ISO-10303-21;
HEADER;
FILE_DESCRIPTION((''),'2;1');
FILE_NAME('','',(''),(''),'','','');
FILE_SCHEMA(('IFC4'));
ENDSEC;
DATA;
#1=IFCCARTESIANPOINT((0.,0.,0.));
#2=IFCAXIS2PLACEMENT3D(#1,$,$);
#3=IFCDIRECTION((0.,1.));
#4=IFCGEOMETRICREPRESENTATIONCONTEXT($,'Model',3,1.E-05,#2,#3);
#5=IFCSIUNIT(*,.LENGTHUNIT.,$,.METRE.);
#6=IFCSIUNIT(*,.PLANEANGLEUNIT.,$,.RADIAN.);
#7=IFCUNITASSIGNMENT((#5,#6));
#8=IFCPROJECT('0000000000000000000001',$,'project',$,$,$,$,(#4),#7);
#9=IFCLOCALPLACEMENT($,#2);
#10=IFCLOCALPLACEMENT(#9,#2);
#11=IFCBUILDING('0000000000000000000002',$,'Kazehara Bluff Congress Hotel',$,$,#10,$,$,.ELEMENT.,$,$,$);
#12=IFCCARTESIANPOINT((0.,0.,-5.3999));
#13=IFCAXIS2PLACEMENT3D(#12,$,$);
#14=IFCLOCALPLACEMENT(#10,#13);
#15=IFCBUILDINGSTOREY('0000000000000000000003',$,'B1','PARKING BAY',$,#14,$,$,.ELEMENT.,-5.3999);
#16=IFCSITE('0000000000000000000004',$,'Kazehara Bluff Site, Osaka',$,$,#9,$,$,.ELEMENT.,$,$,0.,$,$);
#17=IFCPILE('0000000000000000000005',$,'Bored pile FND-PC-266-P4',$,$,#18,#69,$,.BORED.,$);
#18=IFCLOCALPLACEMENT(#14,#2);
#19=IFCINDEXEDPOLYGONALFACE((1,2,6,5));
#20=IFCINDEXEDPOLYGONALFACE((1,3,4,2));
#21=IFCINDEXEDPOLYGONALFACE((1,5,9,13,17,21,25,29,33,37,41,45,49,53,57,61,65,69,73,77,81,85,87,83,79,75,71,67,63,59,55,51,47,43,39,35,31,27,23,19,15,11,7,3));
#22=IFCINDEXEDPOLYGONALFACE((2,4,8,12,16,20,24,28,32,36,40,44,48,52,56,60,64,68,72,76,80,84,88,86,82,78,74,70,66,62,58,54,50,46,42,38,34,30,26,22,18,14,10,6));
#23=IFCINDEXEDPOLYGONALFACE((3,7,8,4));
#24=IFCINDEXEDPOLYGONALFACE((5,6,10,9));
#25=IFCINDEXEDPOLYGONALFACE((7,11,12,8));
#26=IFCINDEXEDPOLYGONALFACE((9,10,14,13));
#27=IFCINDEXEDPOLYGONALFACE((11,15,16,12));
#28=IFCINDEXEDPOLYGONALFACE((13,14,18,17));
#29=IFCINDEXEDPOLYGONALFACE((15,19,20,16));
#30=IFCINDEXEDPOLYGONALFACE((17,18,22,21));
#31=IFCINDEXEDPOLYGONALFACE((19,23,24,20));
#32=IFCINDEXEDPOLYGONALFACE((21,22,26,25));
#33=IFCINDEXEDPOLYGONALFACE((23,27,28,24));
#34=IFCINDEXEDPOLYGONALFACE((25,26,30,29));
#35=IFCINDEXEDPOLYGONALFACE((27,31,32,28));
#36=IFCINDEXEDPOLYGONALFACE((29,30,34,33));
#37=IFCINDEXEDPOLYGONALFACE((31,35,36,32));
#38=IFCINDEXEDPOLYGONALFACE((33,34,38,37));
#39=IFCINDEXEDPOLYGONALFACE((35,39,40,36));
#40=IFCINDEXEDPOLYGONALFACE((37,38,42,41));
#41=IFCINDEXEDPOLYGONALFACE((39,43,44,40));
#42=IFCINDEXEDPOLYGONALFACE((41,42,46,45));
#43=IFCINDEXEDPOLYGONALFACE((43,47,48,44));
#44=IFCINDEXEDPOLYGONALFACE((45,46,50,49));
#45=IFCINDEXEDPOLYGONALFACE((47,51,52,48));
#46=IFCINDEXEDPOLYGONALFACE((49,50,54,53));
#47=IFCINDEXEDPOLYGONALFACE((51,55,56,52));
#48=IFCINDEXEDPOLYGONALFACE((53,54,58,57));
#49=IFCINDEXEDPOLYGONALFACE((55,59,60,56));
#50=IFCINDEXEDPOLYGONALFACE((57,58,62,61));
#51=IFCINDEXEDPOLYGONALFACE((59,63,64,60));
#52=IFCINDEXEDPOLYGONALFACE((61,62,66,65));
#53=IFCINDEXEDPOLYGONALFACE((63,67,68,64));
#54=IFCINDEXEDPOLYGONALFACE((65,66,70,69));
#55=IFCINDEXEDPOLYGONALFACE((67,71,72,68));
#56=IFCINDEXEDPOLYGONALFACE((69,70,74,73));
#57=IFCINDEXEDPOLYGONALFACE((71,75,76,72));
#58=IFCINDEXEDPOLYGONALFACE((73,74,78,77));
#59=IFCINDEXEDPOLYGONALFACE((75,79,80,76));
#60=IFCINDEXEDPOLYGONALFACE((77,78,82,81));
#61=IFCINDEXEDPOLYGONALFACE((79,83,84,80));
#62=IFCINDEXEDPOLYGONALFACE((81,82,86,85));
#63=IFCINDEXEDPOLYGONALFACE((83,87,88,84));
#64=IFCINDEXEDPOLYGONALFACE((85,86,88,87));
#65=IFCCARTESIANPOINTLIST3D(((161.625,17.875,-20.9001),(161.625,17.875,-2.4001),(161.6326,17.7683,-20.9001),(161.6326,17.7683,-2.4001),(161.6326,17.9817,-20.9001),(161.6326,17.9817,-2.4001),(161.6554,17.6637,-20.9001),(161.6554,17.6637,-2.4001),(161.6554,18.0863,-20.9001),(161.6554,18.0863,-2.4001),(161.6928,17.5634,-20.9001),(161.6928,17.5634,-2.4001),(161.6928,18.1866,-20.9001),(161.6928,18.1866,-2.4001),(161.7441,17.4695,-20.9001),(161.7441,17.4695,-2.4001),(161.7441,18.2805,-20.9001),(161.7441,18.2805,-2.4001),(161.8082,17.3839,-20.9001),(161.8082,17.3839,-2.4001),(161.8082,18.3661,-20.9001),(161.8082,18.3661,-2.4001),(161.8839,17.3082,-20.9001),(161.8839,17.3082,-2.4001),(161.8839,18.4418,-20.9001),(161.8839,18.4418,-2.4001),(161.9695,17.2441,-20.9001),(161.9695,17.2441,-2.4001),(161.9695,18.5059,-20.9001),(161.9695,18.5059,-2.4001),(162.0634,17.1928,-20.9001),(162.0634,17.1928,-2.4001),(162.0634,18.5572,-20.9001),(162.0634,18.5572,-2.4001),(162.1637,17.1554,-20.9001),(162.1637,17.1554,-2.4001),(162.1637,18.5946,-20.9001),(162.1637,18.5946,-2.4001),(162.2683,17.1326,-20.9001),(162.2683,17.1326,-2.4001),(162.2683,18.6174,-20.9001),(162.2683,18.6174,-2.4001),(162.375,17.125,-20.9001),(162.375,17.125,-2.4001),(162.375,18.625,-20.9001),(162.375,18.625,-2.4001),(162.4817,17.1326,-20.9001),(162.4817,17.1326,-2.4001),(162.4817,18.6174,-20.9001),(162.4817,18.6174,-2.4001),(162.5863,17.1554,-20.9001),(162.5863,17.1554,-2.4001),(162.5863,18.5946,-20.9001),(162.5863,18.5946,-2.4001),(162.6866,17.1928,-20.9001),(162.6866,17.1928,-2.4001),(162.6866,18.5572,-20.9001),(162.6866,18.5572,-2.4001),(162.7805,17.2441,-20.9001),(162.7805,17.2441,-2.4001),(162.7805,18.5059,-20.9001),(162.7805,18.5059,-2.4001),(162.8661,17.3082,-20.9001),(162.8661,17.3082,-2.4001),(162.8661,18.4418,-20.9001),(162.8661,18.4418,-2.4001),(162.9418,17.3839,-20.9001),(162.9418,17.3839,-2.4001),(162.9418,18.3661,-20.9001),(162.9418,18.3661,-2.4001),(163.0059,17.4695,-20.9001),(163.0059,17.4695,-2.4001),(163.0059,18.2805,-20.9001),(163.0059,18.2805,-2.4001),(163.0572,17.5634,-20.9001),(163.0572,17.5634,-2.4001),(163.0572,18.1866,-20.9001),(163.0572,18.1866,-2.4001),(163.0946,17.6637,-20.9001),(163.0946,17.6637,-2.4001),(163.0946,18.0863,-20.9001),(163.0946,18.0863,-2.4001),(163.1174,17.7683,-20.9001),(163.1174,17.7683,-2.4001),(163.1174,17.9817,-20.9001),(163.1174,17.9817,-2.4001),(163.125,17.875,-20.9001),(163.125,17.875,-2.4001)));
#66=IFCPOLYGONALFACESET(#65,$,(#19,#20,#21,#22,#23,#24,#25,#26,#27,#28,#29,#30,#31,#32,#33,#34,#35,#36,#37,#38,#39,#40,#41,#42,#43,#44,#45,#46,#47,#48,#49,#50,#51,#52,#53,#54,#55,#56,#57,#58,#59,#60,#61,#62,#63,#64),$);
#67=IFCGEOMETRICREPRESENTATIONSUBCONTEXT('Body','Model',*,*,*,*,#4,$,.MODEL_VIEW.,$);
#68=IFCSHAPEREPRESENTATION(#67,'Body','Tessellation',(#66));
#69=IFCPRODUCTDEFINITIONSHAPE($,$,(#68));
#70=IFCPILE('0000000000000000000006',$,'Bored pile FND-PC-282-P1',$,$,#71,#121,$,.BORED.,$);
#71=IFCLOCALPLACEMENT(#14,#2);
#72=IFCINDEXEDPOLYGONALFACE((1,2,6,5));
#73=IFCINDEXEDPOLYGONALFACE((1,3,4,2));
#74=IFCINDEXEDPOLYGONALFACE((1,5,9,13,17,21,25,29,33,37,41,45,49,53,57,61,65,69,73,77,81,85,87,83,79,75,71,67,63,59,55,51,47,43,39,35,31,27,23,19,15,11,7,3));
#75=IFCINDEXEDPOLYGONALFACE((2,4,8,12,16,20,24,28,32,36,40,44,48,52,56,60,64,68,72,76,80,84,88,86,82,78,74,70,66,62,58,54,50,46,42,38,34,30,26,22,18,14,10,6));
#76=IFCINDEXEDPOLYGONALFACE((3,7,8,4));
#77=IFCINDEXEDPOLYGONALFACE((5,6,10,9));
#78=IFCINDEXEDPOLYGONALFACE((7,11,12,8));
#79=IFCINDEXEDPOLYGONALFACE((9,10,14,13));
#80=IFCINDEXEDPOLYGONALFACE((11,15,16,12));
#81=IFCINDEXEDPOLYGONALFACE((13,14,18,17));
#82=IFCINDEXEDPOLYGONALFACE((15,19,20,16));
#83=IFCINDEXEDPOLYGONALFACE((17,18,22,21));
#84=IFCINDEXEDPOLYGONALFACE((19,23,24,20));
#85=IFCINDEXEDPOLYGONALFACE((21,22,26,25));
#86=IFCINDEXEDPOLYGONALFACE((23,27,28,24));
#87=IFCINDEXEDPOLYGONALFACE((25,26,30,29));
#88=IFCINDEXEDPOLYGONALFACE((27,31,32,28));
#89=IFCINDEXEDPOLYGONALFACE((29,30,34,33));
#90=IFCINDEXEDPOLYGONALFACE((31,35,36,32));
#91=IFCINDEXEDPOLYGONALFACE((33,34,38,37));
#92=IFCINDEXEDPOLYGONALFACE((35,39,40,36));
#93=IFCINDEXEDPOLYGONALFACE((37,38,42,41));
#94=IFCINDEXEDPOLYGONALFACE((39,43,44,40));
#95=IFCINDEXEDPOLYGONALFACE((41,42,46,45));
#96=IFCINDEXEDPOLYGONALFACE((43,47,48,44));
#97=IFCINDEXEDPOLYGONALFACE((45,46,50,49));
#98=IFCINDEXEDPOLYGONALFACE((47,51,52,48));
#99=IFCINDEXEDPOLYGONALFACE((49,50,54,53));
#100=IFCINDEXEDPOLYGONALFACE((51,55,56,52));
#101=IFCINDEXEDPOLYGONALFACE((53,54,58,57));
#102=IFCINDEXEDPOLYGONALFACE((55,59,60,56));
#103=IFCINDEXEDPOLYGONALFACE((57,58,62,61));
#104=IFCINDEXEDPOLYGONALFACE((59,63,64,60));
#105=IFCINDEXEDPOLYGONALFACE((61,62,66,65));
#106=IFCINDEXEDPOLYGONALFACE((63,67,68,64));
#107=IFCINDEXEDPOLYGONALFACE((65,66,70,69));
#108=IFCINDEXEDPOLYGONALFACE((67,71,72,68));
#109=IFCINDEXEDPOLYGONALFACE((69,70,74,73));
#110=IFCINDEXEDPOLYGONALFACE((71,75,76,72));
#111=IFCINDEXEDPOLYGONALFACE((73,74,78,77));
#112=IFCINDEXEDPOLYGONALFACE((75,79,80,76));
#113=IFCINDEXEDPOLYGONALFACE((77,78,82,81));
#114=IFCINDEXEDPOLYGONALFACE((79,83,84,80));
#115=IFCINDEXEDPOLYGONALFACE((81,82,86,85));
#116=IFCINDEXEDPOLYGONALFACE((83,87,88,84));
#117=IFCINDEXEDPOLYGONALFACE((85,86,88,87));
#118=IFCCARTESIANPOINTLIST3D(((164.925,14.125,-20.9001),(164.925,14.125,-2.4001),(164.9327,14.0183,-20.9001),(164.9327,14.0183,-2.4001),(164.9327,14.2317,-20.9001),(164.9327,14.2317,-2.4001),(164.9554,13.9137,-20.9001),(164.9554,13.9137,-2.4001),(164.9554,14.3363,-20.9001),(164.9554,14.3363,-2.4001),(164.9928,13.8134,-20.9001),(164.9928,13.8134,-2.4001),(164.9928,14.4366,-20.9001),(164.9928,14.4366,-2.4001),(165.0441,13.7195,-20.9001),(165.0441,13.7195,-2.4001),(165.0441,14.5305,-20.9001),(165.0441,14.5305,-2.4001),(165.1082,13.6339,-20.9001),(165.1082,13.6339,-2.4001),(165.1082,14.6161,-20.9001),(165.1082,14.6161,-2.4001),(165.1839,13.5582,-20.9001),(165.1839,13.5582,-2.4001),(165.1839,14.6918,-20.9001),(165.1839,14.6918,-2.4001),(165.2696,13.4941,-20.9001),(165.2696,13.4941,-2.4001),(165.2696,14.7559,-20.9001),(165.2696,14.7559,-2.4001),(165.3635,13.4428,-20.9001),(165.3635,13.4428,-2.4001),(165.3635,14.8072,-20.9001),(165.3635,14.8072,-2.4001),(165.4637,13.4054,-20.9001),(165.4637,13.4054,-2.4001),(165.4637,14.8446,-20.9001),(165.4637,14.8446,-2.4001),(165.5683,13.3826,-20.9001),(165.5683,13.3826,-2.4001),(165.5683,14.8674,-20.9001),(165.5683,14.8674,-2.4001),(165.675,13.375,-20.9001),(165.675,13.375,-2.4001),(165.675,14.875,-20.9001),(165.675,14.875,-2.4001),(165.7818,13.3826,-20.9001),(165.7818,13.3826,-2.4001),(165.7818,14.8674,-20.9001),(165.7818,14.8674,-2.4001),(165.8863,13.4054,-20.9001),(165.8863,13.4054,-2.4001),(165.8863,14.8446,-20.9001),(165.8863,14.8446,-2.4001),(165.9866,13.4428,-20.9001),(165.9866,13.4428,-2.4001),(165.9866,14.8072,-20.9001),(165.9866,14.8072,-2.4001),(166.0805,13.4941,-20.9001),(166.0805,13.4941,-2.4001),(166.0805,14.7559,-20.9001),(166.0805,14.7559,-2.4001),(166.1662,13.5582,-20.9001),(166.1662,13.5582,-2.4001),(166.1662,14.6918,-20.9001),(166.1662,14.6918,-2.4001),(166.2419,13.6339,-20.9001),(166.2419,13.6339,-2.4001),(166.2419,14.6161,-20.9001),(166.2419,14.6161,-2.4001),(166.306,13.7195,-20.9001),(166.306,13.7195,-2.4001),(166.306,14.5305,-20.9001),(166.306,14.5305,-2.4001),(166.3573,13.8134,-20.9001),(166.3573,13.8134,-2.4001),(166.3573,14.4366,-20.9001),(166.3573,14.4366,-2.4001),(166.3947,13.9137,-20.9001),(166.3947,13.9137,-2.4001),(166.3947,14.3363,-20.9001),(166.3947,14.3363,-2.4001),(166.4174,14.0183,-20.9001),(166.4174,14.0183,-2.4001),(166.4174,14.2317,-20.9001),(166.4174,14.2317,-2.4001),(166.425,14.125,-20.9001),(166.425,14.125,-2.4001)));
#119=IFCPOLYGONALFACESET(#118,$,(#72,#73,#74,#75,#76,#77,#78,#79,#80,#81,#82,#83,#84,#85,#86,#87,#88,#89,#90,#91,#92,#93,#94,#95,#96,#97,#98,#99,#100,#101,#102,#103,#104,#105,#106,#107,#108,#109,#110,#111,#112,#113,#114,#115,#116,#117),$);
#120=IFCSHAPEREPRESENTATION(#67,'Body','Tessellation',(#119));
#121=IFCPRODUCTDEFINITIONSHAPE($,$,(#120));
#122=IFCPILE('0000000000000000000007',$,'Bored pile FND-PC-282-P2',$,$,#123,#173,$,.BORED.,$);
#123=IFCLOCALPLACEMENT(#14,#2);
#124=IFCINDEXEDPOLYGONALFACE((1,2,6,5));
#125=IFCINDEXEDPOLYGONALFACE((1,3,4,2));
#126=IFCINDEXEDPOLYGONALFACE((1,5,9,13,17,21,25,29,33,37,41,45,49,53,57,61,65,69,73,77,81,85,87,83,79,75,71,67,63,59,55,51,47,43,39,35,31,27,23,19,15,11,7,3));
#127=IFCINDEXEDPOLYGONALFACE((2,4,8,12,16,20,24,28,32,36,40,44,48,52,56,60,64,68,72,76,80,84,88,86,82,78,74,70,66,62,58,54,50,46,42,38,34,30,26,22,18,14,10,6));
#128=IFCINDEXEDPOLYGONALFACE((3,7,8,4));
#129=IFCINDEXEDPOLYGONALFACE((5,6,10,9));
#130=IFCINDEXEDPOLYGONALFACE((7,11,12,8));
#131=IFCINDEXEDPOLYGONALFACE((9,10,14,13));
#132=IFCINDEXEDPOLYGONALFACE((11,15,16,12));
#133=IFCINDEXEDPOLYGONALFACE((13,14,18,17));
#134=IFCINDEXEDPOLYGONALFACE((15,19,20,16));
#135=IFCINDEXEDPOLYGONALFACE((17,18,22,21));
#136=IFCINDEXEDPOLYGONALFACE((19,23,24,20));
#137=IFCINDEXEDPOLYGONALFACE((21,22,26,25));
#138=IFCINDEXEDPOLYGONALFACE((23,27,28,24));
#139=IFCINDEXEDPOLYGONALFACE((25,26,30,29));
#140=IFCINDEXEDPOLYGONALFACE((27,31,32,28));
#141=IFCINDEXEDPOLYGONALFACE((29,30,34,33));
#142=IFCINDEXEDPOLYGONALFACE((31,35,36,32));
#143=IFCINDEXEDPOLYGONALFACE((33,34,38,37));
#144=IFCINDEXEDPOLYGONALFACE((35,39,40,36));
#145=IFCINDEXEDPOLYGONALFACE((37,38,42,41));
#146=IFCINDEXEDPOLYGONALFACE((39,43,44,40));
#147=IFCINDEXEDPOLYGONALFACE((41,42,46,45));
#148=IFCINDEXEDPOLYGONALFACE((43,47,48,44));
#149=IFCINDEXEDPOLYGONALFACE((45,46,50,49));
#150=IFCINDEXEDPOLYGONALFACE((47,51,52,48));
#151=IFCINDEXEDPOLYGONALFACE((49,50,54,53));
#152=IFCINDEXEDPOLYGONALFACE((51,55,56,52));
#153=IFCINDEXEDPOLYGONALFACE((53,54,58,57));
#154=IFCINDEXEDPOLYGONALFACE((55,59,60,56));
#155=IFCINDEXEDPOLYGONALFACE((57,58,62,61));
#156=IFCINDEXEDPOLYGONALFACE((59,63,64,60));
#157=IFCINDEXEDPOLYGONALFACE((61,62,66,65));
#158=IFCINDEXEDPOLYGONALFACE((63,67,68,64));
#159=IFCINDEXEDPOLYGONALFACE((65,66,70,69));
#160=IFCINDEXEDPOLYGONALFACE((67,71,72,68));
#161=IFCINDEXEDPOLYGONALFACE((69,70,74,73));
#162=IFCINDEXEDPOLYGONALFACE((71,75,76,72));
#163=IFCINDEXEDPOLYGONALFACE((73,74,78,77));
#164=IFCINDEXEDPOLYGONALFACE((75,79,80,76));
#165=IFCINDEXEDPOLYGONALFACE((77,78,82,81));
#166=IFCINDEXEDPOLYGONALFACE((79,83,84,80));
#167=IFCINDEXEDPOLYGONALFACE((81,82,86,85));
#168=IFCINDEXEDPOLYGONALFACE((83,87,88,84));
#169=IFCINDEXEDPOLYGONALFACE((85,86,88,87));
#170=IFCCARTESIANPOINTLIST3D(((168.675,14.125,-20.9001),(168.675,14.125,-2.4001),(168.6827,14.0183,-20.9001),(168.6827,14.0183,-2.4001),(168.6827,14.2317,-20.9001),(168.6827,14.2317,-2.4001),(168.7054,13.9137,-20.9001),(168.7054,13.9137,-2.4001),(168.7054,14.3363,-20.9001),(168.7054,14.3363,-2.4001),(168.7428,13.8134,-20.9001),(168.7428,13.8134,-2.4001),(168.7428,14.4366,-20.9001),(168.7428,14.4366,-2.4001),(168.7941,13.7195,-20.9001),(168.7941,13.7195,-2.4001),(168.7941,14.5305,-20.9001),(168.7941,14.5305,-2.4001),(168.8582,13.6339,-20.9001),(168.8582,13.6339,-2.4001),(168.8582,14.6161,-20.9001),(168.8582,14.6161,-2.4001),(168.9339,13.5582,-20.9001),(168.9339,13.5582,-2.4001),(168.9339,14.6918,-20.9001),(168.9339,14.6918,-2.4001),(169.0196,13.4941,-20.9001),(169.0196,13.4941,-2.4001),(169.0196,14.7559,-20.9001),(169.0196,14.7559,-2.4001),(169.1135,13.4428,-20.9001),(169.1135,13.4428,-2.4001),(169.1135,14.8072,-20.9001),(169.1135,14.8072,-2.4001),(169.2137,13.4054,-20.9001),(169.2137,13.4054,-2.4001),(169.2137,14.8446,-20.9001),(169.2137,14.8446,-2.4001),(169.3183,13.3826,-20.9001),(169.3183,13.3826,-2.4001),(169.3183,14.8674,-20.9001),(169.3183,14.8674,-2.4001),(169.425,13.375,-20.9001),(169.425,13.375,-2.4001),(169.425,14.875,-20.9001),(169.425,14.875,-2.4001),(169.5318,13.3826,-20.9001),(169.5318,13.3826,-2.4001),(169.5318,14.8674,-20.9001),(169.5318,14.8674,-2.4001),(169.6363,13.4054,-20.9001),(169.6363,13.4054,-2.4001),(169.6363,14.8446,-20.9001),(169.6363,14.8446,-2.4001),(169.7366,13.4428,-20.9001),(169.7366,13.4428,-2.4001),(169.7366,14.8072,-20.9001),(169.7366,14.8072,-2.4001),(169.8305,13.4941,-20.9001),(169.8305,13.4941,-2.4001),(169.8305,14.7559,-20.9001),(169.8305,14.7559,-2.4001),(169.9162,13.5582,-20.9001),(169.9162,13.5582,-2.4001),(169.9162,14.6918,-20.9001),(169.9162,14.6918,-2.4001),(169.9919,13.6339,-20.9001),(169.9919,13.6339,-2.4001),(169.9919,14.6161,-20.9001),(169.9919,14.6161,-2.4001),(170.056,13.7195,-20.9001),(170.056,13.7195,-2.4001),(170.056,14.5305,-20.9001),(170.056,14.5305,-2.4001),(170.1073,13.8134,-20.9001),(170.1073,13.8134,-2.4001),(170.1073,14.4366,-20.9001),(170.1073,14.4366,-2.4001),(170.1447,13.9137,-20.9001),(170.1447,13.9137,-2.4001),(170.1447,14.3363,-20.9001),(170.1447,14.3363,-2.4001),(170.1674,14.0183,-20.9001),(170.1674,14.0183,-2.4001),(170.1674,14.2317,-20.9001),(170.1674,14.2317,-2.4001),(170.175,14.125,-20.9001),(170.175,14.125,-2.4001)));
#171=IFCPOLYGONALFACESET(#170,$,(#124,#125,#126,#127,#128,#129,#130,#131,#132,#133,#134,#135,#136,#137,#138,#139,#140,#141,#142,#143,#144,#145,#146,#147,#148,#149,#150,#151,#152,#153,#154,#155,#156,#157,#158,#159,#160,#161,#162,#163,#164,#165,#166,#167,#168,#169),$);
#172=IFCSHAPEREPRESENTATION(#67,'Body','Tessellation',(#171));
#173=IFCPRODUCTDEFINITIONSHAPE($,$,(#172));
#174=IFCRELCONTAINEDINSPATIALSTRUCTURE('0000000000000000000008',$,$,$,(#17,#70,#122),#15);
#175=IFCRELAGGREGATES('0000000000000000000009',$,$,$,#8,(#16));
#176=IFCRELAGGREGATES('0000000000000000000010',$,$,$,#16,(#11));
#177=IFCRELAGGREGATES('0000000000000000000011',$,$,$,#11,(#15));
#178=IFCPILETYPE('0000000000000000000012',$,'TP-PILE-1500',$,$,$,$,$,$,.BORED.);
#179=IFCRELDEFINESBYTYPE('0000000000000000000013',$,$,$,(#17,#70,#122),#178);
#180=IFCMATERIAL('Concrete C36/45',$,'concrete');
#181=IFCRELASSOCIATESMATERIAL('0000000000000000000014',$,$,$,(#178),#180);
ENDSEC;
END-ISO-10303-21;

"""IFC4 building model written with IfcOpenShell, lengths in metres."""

from ifc_helpers import new_model, si_unit, direction, frame, origin, origin_2d, place, context, subcontext, project, spatial, circle, extrude, material, material_profile, profile_set, type_object, element, save


model = new_model("IFC4")

# Units and contexts
model_context = context("Model", 3, precision=1e-05, world=origin(), true_north=direction((0.0, 1.0)))
body_context = subcontext(model_context, "Body", "Model", "MODEL_VIEW")
ifc_project = project(units=[si_unit("LENGTHUNIT", "METRE"), si_unit("PLANEANGLEUNIT", "RADIAN")], contexts=[model_context])

# Site, building, storey
site_placement = place(None, origin())
site = spatial("IfcSite", under=ifc_project, at=site_placement, Name="Kazehara Bluff Site, Osaka", CompositionType="ELEMENT", RefElevation=0.0)
building_placement = place(site_placement, origin())
building = spatial("IfcBuilding", under=site, at=building_placement, Name="Kazehara Bluff Congress Hotel", CompositionType="ELEMENT")
storey_placement = place(building_placement, frame((0.0, 0.0, -5.3999)))
storey = spatial("IfcBuildingStorey", under=building, at=storey_placement, Name="B1", Description="PARKING BAY", CompositionType="ELEMENT", Elevation=-5.3999)

# Piles
ifc_material_1 = material(Name="Concrete C36/45", Category="concrete")
ifc_material_profile_1 = material_profile(ifc_material_1, circle(Radius=0.75, at=origin_2d()))
ifc_profile_set_1 = profile_set([ifc_material_profile_1], Name="Concrete C36/45")
pile_type_1 = type_object("IfcPileType", Name="TP-PILE-1500", PredefinedType="BORED", material=ifc_profile_set_1)
for number, where, z_axis, x_axis, name in (
    (1, (162.375, 17.875, -2.4001), (0.0, 0.0, -1.0), (1.0, 0.0, 0.0), "Bored pile FND-PC-266-P4"),
    (2, (165.675, 14.125, -2.4001), (0.0, 0.0, -1.0), (1.0, 0.0, 0.0), "Bored pile FND-PC-282-P1"),
    (3, (169.425, 14.125, -2.4001), (0.0, 0.0, -1.0), (1.0, 0.0, 0.0), "Bored pile FND-PC-282-P2"),
):
    element("IfcPile", number, at=place(storey_placement, frame(where, z_axis=z_axis, x_axis=x_axis)), inside=storey, type_object=pile_type_1, Name=name, PredefinedType="BORED", context=body_context, shape_type="SweptSolid", body=[
        extrude(circle(Radius=0.75, at=origin_2d()), origin(), (0.0, 0.0, 1.0), 18.5),
    ])

save(model, "model.ifc")
